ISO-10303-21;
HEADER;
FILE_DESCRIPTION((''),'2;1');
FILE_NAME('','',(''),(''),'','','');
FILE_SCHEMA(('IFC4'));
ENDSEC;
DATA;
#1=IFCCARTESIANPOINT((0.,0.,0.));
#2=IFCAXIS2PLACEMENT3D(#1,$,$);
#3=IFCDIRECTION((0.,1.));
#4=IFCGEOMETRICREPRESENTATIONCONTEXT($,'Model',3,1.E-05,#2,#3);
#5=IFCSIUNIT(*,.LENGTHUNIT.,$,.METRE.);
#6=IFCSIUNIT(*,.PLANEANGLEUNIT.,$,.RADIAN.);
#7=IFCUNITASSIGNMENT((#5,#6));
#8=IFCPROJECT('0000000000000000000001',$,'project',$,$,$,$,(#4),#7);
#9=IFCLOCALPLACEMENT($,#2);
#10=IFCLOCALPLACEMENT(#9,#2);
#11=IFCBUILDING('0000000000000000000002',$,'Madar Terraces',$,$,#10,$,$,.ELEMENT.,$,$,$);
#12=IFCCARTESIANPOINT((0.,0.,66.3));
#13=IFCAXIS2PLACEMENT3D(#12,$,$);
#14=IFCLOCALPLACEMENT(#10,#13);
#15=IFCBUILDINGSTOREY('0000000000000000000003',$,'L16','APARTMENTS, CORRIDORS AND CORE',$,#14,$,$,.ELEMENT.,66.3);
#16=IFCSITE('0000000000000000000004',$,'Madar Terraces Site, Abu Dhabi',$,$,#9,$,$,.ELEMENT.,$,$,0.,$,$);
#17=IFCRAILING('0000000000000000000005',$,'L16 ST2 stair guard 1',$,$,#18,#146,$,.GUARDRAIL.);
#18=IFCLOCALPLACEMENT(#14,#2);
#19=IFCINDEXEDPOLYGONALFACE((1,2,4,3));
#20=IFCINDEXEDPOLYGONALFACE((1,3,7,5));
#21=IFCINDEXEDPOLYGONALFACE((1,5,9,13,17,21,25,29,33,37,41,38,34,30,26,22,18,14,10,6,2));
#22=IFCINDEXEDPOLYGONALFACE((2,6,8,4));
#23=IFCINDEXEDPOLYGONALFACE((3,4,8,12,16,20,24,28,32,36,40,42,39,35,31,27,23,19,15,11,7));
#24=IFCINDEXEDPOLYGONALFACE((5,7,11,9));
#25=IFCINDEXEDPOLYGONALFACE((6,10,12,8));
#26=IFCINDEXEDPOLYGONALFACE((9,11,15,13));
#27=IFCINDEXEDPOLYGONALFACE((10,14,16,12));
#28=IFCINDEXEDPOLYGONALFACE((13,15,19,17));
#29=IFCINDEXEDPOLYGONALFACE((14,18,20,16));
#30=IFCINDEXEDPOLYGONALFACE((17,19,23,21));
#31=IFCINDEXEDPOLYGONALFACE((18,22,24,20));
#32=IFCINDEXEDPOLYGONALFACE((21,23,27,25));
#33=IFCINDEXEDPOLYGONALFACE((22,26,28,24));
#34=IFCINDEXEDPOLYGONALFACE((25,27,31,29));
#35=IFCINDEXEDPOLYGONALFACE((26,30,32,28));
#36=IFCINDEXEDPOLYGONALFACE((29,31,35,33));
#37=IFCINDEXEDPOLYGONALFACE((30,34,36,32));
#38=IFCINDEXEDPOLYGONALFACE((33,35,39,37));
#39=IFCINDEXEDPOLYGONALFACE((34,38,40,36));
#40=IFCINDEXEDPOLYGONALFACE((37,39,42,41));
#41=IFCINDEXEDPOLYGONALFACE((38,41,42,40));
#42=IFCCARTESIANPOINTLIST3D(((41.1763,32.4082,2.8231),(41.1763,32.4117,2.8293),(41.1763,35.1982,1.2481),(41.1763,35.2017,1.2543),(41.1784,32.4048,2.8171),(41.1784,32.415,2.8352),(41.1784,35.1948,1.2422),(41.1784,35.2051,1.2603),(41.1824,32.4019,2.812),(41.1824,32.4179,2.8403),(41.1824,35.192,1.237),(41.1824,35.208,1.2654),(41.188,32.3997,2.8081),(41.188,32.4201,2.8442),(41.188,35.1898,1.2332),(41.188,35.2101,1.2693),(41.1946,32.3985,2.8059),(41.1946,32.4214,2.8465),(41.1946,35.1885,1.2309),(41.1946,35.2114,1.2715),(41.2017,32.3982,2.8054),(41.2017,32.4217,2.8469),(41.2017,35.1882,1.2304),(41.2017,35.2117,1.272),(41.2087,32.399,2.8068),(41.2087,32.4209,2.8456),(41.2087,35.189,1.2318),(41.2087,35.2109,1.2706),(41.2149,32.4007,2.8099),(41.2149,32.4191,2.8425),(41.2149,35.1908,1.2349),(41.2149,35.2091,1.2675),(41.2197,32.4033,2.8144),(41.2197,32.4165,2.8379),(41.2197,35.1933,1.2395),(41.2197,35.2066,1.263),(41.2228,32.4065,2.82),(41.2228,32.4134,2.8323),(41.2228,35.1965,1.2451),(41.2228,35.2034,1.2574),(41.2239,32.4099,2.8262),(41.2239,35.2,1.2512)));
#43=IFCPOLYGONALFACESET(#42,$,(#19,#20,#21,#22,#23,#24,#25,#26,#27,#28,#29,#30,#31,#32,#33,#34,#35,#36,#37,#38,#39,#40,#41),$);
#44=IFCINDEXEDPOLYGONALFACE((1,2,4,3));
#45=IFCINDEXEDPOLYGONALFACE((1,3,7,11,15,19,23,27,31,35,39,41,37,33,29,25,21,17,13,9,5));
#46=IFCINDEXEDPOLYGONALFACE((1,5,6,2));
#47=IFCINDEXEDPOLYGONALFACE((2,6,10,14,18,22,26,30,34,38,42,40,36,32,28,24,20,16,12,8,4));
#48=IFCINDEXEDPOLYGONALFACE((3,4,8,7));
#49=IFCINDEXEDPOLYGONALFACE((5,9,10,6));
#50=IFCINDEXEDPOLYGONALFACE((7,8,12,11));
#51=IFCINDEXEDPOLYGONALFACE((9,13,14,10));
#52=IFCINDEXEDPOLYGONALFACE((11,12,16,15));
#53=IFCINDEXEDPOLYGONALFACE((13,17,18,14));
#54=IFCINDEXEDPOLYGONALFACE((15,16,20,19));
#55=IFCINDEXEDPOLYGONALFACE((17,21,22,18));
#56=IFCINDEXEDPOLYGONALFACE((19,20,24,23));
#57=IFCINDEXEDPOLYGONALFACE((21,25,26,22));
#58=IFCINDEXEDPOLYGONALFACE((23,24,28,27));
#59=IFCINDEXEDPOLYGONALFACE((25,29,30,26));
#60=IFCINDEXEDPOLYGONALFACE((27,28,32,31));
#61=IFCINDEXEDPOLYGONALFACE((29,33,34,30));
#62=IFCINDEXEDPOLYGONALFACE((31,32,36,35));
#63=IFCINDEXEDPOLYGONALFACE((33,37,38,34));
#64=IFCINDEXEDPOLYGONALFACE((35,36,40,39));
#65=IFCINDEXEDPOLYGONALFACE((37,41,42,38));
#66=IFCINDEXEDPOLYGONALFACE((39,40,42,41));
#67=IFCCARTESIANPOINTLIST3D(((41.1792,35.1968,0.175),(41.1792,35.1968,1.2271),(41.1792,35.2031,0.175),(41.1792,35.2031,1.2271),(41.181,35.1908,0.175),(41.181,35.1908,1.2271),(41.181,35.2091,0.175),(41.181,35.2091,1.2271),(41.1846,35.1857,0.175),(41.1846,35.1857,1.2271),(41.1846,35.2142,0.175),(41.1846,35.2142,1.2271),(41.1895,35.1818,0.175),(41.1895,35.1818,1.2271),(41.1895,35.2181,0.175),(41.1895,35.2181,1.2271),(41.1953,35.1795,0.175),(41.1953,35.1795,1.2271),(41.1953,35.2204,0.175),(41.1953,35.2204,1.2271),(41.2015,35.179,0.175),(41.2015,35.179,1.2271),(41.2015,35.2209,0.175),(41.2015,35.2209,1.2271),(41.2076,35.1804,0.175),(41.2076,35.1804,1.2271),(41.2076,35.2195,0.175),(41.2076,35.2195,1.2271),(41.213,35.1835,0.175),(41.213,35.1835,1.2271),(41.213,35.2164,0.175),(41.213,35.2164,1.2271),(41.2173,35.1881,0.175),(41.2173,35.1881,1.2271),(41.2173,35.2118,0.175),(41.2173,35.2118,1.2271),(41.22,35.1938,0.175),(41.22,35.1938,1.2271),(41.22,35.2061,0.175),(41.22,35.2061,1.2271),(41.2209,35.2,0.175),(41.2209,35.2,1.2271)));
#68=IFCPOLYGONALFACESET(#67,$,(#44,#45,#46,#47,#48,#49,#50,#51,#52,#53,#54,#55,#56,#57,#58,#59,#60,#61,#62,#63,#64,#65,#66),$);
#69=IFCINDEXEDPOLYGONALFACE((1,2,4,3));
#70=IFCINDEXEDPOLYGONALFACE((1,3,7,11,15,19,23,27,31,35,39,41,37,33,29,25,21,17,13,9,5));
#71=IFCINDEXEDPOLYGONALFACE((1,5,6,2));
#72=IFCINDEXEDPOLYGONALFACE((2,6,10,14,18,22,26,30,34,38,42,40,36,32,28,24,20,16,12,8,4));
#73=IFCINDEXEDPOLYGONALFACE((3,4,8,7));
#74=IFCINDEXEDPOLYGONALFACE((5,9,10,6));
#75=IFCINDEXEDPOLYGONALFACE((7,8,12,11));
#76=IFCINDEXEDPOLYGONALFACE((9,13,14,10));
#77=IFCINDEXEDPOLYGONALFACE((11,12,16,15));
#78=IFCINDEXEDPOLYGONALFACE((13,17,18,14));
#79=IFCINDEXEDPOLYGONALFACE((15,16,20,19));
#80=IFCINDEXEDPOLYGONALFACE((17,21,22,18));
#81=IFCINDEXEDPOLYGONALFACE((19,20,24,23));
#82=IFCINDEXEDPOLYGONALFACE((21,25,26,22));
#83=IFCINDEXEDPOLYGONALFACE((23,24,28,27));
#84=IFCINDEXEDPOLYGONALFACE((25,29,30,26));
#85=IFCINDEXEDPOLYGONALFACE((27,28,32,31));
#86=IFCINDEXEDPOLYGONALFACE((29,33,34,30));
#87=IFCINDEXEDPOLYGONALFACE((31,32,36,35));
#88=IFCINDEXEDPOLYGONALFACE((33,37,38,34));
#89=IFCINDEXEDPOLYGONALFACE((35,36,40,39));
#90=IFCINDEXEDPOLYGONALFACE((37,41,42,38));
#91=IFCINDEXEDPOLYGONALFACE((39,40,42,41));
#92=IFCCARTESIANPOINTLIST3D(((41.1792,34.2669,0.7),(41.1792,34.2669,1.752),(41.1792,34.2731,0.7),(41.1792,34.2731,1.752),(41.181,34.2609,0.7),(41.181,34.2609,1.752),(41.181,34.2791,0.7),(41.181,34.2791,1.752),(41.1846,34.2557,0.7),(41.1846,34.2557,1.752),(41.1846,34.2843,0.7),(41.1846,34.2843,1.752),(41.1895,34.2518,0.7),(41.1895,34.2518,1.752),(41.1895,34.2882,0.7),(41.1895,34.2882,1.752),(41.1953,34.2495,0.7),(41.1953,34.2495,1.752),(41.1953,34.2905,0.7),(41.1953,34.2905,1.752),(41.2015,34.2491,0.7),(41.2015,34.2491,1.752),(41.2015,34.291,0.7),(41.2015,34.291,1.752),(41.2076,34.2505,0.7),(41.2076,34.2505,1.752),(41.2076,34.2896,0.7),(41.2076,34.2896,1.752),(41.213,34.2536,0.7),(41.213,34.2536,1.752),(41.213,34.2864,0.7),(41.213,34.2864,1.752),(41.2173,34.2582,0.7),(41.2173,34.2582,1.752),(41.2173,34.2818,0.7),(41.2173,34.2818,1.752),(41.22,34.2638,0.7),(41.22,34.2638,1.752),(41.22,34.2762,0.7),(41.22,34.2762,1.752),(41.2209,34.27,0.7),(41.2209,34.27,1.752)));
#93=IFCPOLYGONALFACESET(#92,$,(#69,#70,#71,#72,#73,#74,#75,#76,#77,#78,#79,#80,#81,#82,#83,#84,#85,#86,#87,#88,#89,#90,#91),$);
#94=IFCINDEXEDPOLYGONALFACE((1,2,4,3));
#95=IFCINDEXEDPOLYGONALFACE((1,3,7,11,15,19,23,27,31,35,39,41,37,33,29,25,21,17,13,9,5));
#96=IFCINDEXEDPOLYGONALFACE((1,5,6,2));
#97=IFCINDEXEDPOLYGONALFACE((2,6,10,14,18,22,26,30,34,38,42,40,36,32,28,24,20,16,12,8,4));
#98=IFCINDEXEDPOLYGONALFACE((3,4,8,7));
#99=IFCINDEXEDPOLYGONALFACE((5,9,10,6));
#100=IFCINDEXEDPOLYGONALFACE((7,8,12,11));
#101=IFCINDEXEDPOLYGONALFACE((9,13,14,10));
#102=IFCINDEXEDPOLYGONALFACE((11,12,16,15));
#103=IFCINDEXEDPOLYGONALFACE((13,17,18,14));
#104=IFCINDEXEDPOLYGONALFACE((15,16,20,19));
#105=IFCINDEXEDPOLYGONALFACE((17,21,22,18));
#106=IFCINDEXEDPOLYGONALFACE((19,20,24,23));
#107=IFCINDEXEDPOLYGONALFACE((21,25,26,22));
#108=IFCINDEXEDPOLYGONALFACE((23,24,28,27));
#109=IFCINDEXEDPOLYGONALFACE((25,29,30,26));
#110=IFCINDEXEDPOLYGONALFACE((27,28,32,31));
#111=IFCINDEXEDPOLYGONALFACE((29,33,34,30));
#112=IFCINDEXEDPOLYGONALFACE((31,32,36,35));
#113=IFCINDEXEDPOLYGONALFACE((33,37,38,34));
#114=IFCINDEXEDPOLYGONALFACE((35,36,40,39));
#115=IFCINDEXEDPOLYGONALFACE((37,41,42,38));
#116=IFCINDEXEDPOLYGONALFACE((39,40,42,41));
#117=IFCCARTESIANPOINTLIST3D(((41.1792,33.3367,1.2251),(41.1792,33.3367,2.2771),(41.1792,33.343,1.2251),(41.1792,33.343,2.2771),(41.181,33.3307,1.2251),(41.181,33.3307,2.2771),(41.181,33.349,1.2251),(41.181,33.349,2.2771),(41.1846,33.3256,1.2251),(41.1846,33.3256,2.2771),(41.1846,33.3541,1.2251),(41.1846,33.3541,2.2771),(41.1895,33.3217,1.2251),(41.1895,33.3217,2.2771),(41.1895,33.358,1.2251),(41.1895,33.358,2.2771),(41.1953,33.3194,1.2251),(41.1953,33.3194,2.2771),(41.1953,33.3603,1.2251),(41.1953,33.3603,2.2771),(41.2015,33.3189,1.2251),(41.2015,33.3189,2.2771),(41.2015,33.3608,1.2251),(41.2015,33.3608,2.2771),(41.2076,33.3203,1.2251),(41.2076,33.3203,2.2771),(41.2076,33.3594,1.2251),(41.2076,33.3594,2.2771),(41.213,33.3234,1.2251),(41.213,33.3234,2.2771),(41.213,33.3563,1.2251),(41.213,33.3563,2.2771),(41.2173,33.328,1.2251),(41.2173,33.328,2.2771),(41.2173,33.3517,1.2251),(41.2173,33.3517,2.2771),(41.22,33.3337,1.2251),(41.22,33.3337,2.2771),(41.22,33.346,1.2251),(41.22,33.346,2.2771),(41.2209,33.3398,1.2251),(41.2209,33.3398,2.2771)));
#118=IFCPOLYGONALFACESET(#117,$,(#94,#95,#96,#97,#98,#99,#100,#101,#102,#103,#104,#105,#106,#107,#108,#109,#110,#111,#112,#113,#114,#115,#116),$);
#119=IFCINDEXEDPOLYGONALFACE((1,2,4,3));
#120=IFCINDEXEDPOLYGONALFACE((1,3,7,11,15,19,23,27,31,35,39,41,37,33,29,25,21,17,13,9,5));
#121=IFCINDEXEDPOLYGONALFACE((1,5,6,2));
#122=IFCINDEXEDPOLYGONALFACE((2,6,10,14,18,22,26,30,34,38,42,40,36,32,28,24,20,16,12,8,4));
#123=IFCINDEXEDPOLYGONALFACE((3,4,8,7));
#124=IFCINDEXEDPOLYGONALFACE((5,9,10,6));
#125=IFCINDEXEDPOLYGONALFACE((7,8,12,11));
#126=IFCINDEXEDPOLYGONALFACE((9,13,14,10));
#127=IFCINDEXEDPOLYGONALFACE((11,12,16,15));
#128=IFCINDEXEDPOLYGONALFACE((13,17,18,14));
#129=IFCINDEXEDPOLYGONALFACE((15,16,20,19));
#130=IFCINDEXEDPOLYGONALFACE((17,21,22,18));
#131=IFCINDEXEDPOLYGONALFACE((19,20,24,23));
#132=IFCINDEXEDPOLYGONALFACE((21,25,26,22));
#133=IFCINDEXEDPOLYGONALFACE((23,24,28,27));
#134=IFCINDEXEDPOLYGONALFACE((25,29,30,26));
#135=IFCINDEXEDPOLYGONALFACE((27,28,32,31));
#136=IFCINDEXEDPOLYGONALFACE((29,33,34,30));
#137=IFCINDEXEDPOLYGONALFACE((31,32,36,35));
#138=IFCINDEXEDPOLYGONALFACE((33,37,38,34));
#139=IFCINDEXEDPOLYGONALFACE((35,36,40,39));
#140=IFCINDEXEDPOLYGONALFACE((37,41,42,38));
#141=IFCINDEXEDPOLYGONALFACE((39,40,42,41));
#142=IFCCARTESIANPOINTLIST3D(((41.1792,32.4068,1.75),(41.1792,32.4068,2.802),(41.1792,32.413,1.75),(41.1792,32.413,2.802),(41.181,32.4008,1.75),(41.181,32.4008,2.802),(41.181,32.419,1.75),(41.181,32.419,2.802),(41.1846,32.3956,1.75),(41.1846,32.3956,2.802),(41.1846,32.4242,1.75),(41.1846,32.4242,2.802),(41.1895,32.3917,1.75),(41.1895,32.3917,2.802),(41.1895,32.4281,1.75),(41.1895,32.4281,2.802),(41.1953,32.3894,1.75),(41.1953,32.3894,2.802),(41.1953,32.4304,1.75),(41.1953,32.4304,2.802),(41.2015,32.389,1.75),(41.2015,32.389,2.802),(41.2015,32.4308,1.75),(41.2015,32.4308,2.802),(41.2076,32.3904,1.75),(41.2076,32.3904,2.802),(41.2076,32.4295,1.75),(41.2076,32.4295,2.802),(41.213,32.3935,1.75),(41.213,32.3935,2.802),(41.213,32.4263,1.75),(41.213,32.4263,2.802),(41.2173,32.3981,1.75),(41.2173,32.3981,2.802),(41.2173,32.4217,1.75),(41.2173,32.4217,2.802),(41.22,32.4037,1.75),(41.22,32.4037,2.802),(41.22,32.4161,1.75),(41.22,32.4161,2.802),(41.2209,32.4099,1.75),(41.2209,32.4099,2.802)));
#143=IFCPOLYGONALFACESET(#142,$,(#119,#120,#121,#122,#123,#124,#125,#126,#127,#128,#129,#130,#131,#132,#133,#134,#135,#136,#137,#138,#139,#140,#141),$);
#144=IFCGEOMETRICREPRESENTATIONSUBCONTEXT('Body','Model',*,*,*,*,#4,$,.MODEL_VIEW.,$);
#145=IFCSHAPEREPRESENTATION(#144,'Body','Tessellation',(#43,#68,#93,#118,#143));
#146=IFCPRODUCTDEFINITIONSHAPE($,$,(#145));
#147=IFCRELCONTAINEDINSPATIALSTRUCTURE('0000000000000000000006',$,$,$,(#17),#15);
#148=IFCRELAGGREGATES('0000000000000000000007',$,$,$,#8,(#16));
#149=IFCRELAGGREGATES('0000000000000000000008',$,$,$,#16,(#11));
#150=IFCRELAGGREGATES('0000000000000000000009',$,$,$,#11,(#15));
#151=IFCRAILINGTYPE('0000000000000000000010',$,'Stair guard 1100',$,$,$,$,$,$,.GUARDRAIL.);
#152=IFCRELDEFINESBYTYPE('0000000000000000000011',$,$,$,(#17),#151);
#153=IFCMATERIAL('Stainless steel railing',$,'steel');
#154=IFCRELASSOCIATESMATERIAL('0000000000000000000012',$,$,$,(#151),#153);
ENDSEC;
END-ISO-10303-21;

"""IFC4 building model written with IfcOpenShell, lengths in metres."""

from ifc_helpers import new_model, si_unit, direction, frame, origin, origin_2d, place, context, subcontext, project, spatial, circle, extrude, material, type_object, element, save


model = new_model("IFC4")

# Units and contexts
model_context = context("Model", 3, precision=1e-05, world=origin(), true_north=direction((0.0, 1.0)))
body_context = subcontext(model_context, "Body", "Model", "MODEL_VIEW")
ifc_project = project(units=[si_unit("LENGTHUNIT", "METRE"), si_unit("PLANEANGLEUNIT", "RADIAN")], contexts=[model_context])

# Site, building, storey
site_placement = place(None, origin())
site = spatial("IfcSite", under=ifc_project, at=site_placement, Name="Madar Terraces Site, Abu Dhabi", CompositionType="ELEMENT", RefElevation=0.0)
building_placement = place(site_placement, origin())
building = spatial("IfcBuilding", under=site, at=building_placement, Name="Madar Terraces", CompositionType="ELEMENT")
storey_placement = place(building_placement, frame((0.0, 0.0, 66.3)))
storey = spatial("IfcBuildingStorey", under=building, at=storey_placement, Name="L16", Description="APARTMENTS, CORRIDORS AND CORE", CompositionType="ELEMENT", Elevation=66.3)

# Railing
ifc_material_1 = material(Name="Stainless steel railing", Category="steel")
railing_type_1 = type_object("IfcRailingType", Name="Stair guard 1100", PredefinedType="GUARDRAIL", material=ifc_material_1)
railing_1_placement = place(storey_placement, frame((41.2, 35.2, 0.175)))
element("IfcRailing", 1, at=railing_1_placement, inside=storey, type_object=railing_type_1, Name="L16 ST2 stair guard 1", PredefinedType="GUARDRAIL", context=body_context, shape_type="SweptSolid", body=[
    extrude(circle(Radius=0.0239, at=origin_2d()), frame((0.0, 0.0, 1.0762), z_axis=(0.0, -0.870834, 0.491578), x_axis=(1.0, 0.0, 0.0)), (0.0, 0.0, 1.0), 3.2039),
    extrude(circle(Radius=0.021, at=origin_2d()), origin(), (0.0, 0.0, 1.0), 1.052),
    extrude(circle(Radius=0.021, at=origin_2d()), frame((0.0, -0.9299, 0.5249)), (0.0, 0.0, 1.0), 1.052),
    extrude(circle(Radius=0.021, at=origin_2d()), frame((0.0, -1.8601, 1.05)), (0.0, 0.0, 1.0), 1.052),
    extrude(circle(Radius=0.021, at=origin_2d()), frame((0.0, -2.79, 1.575)), (0.0, 0.0, 1.0), 1.052),
])

save(model, "model.ifc")
